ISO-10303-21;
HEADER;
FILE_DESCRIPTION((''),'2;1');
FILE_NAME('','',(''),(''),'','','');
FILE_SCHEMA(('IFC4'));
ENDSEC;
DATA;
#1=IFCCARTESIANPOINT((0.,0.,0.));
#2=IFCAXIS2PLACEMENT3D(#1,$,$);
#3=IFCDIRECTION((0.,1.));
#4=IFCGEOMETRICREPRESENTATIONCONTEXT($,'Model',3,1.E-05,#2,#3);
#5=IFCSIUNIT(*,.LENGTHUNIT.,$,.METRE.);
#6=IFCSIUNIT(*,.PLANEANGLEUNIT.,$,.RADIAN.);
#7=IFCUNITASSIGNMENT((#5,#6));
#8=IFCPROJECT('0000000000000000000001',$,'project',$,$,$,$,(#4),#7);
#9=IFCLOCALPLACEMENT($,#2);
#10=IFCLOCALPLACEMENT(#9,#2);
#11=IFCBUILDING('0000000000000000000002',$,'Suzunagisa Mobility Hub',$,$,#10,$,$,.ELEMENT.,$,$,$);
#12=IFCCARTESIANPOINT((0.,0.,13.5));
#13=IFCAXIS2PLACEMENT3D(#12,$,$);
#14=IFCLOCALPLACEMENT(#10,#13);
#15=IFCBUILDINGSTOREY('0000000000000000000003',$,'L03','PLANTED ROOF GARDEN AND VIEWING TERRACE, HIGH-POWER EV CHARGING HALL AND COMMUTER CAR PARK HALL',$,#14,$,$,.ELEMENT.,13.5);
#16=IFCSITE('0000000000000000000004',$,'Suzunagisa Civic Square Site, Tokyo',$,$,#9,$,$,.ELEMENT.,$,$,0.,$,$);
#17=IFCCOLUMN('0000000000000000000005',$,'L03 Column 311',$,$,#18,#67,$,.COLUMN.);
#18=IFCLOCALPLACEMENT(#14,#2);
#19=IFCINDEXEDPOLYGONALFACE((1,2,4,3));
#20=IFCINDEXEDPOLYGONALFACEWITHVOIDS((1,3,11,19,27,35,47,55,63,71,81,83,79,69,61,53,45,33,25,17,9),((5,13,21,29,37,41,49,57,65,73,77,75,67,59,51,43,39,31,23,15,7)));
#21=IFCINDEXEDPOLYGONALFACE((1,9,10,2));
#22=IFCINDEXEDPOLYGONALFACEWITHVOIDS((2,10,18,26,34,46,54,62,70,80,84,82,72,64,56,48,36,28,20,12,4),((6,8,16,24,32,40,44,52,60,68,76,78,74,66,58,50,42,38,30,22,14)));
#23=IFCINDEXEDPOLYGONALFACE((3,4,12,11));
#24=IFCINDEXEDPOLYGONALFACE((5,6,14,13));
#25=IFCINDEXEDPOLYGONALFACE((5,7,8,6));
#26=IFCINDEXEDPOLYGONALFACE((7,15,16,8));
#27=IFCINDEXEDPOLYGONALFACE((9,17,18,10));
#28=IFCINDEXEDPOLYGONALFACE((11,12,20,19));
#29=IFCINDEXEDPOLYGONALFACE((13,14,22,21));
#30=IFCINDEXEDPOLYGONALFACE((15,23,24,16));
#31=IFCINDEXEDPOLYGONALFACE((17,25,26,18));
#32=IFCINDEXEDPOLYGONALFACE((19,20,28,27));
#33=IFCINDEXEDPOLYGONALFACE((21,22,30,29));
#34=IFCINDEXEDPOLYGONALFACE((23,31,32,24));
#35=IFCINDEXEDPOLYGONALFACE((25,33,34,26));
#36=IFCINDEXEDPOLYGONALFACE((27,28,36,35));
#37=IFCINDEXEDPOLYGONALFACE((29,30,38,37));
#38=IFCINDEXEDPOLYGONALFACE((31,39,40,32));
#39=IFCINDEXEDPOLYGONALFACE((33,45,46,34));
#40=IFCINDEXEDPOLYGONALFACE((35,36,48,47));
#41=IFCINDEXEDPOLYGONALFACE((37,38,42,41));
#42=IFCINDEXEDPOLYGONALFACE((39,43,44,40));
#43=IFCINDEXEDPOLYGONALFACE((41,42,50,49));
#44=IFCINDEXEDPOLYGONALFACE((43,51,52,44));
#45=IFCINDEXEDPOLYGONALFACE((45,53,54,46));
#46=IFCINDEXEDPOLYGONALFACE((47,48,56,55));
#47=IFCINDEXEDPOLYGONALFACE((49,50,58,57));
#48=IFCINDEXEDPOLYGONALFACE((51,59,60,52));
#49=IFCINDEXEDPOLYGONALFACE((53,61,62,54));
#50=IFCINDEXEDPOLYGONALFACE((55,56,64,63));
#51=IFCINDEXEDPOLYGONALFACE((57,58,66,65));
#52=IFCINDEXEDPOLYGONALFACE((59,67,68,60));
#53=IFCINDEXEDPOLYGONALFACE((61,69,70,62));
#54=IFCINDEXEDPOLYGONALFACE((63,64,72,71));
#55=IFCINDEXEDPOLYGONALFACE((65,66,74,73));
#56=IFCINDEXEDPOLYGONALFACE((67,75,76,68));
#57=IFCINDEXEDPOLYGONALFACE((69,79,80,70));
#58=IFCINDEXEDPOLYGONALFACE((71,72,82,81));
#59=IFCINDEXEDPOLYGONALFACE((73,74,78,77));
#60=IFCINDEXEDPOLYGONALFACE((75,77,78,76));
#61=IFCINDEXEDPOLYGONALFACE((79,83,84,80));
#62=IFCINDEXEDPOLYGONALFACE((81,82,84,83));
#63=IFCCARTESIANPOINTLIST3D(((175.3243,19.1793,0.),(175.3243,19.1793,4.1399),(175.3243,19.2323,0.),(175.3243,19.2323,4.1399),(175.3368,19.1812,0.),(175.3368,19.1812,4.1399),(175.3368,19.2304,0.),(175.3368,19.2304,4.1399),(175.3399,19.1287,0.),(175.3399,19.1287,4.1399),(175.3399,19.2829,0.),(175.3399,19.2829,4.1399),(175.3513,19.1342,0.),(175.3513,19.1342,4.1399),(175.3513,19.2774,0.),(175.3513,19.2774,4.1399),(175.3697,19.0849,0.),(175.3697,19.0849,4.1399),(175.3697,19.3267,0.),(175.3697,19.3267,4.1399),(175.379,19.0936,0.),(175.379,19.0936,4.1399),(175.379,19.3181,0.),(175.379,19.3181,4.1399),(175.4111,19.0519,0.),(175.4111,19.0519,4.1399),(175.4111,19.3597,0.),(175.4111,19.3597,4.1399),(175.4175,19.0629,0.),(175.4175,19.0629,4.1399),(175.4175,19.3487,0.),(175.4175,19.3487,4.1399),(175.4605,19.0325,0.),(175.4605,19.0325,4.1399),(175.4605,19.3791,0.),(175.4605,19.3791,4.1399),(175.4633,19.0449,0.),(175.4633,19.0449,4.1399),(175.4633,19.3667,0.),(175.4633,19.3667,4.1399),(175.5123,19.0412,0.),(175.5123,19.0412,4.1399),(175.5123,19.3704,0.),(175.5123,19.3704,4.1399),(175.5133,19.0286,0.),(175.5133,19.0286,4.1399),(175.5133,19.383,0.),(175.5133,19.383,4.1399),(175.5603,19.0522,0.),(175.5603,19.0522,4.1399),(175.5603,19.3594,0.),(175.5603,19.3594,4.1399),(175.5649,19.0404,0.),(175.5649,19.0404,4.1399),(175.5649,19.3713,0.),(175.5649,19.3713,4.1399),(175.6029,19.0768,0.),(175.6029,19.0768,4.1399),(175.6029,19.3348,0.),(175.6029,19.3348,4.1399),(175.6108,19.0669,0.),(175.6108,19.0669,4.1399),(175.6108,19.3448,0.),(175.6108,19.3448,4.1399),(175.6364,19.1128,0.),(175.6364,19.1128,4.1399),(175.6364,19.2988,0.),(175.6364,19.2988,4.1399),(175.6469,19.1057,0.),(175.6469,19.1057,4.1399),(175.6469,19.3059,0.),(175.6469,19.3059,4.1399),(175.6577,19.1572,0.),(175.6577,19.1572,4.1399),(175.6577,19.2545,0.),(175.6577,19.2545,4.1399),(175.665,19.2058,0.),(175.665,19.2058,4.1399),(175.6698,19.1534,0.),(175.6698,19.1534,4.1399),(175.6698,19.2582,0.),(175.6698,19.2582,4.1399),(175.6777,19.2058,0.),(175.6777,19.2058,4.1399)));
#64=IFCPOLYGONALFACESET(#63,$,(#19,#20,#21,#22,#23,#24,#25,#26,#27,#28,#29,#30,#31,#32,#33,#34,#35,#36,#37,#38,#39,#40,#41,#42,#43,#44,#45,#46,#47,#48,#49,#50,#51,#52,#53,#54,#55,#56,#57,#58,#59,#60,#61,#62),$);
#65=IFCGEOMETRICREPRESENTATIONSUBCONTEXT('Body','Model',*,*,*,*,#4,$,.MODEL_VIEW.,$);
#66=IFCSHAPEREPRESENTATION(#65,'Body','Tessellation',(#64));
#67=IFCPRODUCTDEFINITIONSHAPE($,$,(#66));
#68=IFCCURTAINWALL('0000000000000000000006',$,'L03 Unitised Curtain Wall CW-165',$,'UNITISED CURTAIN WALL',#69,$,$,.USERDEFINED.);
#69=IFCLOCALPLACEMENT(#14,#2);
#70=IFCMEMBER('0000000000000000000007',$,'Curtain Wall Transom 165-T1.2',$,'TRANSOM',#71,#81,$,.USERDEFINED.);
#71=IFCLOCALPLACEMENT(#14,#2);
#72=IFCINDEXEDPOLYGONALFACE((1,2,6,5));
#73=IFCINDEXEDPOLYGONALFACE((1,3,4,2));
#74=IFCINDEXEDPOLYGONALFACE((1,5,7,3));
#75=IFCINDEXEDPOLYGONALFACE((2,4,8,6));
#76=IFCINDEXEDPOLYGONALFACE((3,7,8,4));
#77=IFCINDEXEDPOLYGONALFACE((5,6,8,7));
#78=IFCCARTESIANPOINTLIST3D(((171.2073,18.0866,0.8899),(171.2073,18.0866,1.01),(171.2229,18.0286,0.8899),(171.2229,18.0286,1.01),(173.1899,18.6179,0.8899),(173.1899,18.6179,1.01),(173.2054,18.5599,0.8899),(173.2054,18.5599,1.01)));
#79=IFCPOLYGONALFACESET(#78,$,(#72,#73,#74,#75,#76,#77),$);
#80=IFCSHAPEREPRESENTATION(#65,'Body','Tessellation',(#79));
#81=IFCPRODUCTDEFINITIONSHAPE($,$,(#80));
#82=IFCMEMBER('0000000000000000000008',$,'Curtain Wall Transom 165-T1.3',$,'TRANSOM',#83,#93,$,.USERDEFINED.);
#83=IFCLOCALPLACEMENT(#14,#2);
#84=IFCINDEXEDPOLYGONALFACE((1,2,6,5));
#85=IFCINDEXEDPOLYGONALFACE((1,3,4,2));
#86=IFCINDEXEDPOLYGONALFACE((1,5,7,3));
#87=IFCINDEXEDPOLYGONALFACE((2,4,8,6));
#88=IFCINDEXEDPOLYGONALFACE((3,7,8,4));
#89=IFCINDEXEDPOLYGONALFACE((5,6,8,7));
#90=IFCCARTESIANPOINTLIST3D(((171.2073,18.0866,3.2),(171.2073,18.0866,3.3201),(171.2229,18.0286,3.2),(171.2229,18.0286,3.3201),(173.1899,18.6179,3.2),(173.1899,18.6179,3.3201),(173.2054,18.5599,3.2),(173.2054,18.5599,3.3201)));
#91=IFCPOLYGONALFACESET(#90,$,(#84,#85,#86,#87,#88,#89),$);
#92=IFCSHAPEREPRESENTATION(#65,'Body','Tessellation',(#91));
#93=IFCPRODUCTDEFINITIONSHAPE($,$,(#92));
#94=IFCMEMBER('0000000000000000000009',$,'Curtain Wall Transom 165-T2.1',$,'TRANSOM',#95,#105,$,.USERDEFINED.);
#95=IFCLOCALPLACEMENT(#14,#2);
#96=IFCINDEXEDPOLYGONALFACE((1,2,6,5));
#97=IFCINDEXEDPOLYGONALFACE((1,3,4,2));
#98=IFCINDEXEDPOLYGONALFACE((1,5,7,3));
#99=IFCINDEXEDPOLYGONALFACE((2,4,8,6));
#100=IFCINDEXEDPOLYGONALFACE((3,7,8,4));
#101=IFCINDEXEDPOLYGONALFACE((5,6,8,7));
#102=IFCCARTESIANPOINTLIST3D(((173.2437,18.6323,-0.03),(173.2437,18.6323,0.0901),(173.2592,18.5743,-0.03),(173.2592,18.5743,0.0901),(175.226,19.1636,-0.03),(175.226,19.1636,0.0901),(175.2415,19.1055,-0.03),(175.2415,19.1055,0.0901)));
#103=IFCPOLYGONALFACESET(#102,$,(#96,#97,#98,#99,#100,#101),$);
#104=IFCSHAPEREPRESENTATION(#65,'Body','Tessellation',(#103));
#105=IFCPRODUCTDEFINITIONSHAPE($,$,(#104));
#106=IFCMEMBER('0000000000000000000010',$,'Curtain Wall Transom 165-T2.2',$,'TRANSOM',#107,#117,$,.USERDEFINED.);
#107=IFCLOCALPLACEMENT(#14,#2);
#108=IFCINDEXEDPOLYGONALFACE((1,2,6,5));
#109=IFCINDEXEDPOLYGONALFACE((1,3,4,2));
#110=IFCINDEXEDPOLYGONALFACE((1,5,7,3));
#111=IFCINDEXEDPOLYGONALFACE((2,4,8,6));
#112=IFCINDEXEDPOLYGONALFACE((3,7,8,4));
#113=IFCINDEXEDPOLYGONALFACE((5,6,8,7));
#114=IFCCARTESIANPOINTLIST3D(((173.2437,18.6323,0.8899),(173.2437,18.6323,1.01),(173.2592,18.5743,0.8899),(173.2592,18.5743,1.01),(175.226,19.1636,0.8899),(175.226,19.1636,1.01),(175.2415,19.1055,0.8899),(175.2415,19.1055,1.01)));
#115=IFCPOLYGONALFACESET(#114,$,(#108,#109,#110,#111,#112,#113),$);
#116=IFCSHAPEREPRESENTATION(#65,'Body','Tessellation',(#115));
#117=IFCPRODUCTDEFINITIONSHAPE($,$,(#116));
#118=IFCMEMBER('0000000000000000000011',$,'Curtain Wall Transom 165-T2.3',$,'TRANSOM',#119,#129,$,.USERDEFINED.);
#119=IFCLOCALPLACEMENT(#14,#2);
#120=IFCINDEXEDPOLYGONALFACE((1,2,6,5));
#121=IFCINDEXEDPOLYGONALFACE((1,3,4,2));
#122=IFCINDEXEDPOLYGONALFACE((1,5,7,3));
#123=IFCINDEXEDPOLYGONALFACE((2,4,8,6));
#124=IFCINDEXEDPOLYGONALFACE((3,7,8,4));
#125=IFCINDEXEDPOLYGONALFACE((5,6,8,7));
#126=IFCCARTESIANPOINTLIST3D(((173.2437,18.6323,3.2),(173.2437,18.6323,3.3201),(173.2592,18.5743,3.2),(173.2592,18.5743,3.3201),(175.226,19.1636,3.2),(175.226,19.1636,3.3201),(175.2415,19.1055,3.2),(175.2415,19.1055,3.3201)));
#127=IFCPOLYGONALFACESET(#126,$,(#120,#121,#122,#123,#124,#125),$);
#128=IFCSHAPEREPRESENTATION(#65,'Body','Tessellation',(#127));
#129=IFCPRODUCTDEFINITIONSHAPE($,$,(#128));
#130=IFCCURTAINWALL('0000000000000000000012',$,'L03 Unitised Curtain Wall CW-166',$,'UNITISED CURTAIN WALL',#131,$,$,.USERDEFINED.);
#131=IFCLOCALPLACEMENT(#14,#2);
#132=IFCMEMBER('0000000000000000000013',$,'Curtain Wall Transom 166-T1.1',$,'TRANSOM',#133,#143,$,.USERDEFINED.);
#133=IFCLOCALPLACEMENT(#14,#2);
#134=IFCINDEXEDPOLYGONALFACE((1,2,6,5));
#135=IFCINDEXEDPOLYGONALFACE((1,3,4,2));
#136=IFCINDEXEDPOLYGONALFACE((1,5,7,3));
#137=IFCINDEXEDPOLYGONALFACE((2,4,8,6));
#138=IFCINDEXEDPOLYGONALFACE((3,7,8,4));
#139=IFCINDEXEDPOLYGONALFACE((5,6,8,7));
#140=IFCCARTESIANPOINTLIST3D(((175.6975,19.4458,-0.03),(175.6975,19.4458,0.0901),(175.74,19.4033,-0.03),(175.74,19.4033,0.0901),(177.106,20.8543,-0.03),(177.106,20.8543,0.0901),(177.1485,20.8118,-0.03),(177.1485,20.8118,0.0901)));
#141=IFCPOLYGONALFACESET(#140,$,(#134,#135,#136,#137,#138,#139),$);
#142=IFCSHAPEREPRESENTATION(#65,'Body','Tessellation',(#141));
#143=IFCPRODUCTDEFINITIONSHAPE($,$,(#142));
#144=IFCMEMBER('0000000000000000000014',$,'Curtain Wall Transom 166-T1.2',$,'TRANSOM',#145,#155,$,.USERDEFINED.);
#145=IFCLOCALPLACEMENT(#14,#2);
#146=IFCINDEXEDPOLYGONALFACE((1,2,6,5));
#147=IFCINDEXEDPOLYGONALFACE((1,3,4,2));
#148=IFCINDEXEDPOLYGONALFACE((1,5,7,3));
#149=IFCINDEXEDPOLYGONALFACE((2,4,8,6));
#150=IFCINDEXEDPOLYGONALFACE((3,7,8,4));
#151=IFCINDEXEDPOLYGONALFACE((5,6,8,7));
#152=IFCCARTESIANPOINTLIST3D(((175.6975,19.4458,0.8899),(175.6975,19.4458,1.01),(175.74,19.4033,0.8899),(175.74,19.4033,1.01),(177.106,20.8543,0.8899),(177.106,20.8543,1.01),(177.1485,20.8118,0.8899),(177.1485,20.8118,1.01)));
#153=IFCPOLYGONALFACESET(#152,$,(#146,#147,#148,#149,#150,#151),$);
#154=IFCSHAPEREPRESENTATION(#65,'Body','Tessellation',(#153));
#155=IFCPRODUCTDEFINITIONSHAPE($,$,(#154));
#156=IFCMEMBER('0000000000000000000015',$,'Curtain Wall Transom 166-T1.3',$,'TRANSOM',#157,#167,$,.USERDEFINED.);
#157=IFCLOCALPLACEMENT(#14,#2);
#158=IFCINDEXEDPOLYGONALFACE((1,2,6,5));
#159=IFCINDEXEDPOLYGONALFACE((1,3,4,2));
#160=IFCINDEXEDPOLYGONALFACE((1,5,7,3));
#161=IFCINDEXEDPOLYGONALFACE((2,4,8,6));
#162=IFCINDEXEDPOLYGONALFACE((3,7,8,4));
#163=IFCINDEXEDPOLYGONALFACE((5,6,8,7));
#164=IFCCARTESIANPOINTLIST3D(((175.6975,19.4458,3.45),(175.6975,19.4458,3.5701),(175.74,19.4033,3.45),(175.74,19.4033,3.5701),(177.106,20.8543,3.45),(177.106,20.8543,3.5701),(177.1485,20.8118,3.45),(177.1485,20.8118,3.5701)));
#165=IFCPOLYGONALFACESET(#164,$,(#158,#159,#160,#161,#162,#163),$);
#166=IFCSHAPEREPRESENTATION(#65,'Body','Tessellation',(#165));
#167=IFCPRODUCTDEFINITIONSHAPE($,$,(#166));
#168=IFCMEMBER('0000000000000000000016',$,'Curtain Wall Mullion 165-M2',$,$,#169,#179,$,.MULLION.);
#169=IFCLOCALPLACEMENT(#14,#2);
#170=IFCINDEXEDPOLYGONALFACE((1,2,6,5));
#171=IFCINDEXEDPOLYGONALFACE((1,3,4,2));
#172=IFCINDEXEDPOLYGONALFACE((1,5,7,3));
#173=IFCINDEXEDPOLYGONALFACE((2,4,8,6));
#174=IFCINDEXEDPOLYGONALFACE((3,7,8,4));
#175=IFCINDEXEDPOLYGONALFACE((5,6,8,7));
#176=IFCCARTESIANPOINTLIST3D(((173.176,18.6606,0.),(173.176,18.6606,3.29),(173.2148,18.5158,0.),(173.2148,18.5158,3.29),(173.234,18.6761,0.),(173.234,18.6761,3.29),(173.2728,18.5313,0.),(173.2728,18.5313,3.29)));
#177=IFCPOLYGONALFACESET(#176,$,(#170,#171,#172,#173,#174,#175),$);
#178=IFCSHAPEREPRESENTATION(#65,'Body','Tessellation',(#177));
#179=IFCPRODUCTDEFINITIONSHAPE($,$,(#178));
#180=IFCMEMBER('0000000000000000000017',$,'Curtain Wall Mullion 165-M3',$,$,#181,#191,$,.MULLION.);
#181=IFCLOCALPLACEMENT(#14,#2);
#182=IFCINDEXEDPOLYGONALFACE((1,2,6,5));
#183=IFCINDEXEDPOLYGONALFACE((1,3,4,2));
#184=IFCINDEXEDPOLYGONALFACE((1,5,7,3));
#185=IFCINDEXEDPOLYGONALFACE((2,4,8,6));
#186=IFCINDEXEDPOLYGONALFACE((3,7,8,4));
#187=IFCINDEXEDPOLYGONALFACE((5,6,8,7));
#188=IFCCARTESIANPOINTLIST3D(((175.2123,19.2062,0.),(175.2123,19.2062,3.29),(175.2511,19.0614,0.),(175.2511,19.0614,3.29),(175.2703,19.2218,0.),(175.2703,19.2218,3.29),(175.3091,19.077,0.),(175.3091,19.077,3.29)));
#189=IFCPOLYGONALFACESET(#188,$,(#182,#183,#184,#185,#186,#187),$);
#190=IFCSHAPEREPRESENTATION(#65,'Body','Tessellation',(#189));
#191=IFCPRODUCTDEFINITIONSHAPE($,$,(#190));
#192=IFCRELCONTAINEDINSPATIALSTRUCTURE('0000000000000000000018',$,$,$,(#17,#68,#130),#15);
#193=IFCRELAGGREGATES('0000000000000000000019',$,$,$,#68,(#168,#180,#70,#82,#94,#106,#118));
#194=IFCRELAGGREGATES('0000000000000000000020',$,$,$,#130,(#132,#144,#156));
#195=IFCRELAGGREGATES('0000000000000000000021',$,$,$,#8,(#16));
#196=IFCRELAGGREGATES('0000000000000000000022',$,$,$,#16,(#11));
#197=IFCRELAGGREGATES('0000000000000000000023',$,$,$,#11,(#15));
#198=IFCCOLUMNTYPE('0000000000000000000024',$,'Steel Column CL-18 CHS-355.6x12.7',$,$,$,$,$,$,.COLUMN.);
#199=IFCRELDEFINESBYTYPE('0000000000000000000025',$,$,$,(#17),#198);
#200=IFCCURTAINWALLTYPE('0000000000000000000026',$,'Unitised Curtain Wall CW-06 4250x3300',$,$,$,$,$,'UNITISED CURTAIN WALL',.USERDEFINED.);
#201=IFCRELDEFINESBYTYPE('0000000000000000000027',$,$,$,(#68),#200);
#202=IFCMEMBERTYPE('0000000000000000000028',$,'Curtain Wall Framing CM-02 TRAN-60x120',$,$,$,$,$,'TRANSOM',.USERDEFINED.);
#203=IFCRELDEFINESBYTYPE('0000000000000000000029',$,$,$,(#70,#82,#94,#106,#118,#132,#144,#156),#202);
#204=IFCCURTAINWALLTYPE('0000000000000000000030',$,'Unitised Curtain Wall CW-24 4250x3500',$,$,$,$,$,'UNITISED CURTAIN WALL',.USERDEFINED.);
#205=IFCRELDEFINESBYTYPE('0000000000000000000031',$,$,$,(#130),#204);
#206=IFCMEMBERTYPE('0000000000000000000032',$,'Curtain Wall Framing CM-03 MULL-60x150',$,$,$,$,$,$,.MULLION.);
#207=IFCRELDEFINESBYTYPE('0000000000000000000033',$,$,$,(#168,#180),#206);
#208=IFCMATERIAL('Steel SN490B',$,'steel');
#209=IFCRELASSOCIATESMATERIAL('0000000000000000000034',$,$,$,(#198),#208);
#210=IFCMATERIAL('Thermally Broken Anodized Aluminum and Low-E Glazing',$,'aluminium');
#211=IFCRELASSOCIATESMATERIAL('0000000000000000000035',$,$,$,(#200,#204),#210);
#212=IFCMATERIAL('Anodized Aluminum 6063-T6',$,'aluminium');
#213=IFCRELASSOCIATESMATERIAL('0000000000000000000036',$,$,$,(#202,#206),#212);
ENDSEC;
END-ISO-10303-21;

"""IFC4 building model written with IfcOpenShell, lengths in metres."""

from ifc_helpers import new_model, si_unit, direction, frame, origin, origin_2d, place, context, subcontext, project, spatial, rectangle, hollow_circle, extrude, material, material_profile, profile_set, type_object, element, aggregate, save


model = new_model("IFC4")

# Units and contexts
model_context = context("Model", 3, precision=1e-05, world=origin(), true_north=direction((0.0, 1.0)))
body_context = subcontext(model_context, "Body", "Model", "MODEL_VIEW")
ifc_project = project(units=[si_unit("LENGTHUNIT", "METRE"), si_unit("PLANEANGLEUNIT", "RADIAN")], contexts=[model_context])

# Site, building, storey
site_placement = place(None, origin())
site = spatial("IfcSite", under=ifc_project, at=site_placement, Name="Suzunagisa Civic Square Site, Tokyo", CompositionType="ELEMENT", RefElevation=0.0)
building_placement = place(site_placement, origin())
building = spatial("IfcBuilding", under=site, at=building_placement, Name="Suzunagisa Mobility Hub", CompositionType="ELEMENT")
storey_placement = place(building_placement, frame((0.0, 0.0, 13.5)))
storey = spatial("IfcBuildingStorey", under=building, at=storey_placement, Name="L03", Description="PLANTED ROOF GARDEN AND VIEWING TERRACE, HIGH-POWER EV CHARGING HALL AND COMMUTER CAR PARK HALL", CompositionType="ELEMENT", Elevation=13.5)

# Column
ifc_material_1 = material(Name="Steel SN490B", Category="steel")
ifc_material_profile_1 = material_profile(ifc_material_1, hollow_circle(Radius=0.1777, WallThickness=0.0127, at=origin_2d()), Name="CHS-355.6x12.7")
ifc_profile_set_1 = profile_set([ifc_material_profile_1], Name="Steel SN490B")
column_type = type_object("IfcColumnType", Name="Steel Column CL-18 CHS-355.6x12.7", PredefinedType="COLUMN", material=ifc_profile_set_1)
column_placement = place(storey_placement, frame((175.5, 19.2058, 0.0), z_axis=(0.0, 0.0, 1.0), x_axis=(1.0, 0.0, 0.0)))
element("IfcColumn", 1, at=column_placement, inside=storey, type_object=column_type, Name="L03 Column 311", PredefinedType="COLUMN", context=body_context, shape_type="SweptSolid", body=[
    extrude(hollow_circle(Radius=0.1777, WallThickness=0.0127, at=origin_2d()), origin(), (0.0, 0.0, 1.0), 4.1399),
])

# Curtain walls, members
ifc_material_2 = material(Name="Thermally Broken Anodized Aluminum and Low-E Glazing", Category="aluminium")
curtain_wall_type_1 = type_object("IfcCurtainWallType", Name="Unitised Curtain Wall CW-06 4250x3300", ElementType="UNITISED CURTAIN WALL", PredefinedType="USERDEFINED", material=ifc_material_2)
curtain_wall_1_placement = place(storey_placement, origin())
curtain_wall_1 = element("IfcCurtainWall", 2, at=curtain_wall_1_placement, inside=storey, type_object=curtain_wall_type_1, Name="L03 Unitised Curtain Wall CW-165", ObjectType="UNITISED CURTAIN WALL", PredefinedType="USERDEFINED")
ifc_material_3 = material(Name="Anodized Aluminum 6063-T6", Category="aluminium")
ifc_material_profile_2 = material_profile(ifc_material_3, rectangle(XDim=0.0601, YDim=0.1201, at=origin_2d()), Name="TRAN-60x120")
ifc_profile_set_2 = profile_set([ifc_material_profile_2], Name="Anodized Aluminum 6063-T6")
member_type_1 = type_object("IfcMemberType", Name="Curtain Wall Framing CM-02 TRAN-60x120", ElementType="TRANSOM", PredefinedType="USERDEFINED", material=ifc_profile_set_2)
member_1_placement = place(storey_placement, frame((171.2151, 18.0576, 0.95), z_axis=(0.965918, 0.258847, 0.0), x_axis=(-0.258847, 0.965918, 0.0)))
member_1 = element("IfcMember", 3, at=member_1_placement, type_object=member_type_1, Name="Curtain Wall Transom 165-T1.2", ObjectType="TRANSOM", PredefinedType="USERDEFINED", context=body_context, shape_type="SweptSolid", body=[
    extrude(rectangle(XDim=0.0601, YDim=0.1201, at=origin_2d()), origin(), (0.0, 0.0, 1.0), 2.0525),
])
member_2_placement = place(storey_placement, frame((171.2151, 18.0576, 3.26), z_axis=(0.965918, 0.258847, 0.0), x_axis=(-0.258847, 0.965918, 0.0)))
member_2 = element("IfcMember", 4, at=member_2_placement, type_object=member_type_1, Name="Curtain Wall Transom 165-T1.3", ObjectType="TRANSOM", PredefinedType="USERDEFINED", context=body_context, shape_type="SweptSolid", body=[
    extrude(rectangle(XDim=0.0601, YDim=0.1201, at=origin_2d()), origin(), (0.0, 0.0, 1.0), 2.0525),
])
member_3_placement = place(storey_placement, frame((173.2515, 18.6033, 0.03), z_axis=(0.96591, 0.258877, 0.0), x_axis=(-0.258877, 0.96591, 0.0)))
member_3 = element("IfcMember", 5, at=member_3_placement, type_object=member_type_1, Name="Curtain Wall Transom 165-T2.1", ObjectType="TRANSOM", PredefinedType="USERDEFINED", context=body_context, shape_type="SweptSolid", body=[
    extrude(rectangle(XDim=0.0601, YDim=0.1201, at=origin_2d()), origin(), (0.0, 0.0, 1.0), 2.0522),
])
member_4_placement = place(storey_placement, frame((173.2515, 18.6033, 0.95), z_axis=(0.96591, 0.258877, 0.0), x_axis=(-0.258877, 0.96591, 0.0)))
member_4 = element("IfcMember", 6, at=member_4_placement, type_object=member_type_1, Name="Curtain Wall Transom 165-T2.2", ObjectType="TRANSOM", PredefinedType="USERDEFINED", context=body_context, shape_type="SweptSolid", body=[
    extrude(rectangle(XDim=0.0601, YDim=0.1201, at=origin_2d()), origin(), (0.0, 0.0, 1.0), 2.0522),
])
member_5_placement = place(storey_placement, frame((173.2515, 18.6033, 3.26), z_axis=(0.96591, 0.258877, 0.0), x_axis=(-0.258877, 0.96591, 0.0)))
member_5 = element("IfcMember", 7, at=member_5_placement, type_object=member_type_1, Name="Curtain Wall Transom 165-T2.3", ObjectType="TRANSOM", PredefinedType="USERDEFINED", context=body_context, shape_type="SweptSolid", body=[
    extrude(rectangle(XDim=0.0601, YDim=0.1201, at=origin_2d()), origin(), (0.0, 0.0, 1.0), 2.0522),
])
curtain_wall_type_2 = type_object("IfcCurtainWallType", Name="Unitised Curtain Wall CW-24 4250x3500", ElementType="UNITISED CURTAIN WALL", PredefinedType="USERDEFINED", material=ifc_material_2)
curtain_wall_2_placement = place(storey_placement, origin())
curtain_wall_2 = element("IfcCurtainWall", 8, at=curtain_wall_2_placement, inside=storey, type_object=curtain_wall_type_2, Name="L03 Unitised Curtain Wall CW-166", ObjectType="UNITISED CURTAIN WALL", PredefinedType="USERDEFINED")
member_6_placement = place(storey_placement, frame((175.7188, 19.4246, 0.03), z_axis=(0.707107, 0.707107, 0.0), x_axis=(-0.707107, 0.707107, 0.0)))
member_6 = element("IfcMember", 9, at=member_6_placement, type_object=member_type_1, Name="Curtain Wall Transom 166-T1.1", ObjectType="TRANSOM", PredefinedType="USERDEFINED", context=body_context, shape_type="SweptSolid", body=[
    extrude(rectangle(XDim=0.0601, YDim=0.1201, at=origin_2d()), origin(), (0.0, 0.0, 1.0), 1.9919),
])
member_7_placement = place(storey_placement, frame((175.7188, 19.4246, 0.95), z_axis=(0.707107, 0.707107, 0.0), x_axis=(-0.707107, 0.707107, 0.0)))
member_7 = element("IfcMember", 10, at=member_7_placement, type_object=member_type_1, Name="Curtain Wall Transom 166-T1.2", ObjectType="TRANSOM", PredefinedType="USERDEFINED", context=body_context, shape_type="SweptSolid", body=[
    extrude(rectangle(XDim=0.0601, YDim=0.1201, at=origin_2d()), origin(), (0.0, 0.0, 1.0), 1.9919),
])
member_8_placement = place(storey_placement, frame((175.7188, 19.4246, 3.51), z_axis=(0.707107, 0.707107, 0.0), x_axis=(-0.707107, 0.707107, 0.0)))
member_8 = element("IfcMember", 11, at=member_8_placement, type_object=member_type_1, Name="Curtain Wall Transom 166-T1.3", ObjectType="TRANSOM", PredefinedType="USERDEFINED", context=body_context, shape_type="SweptSolid", body=[
    extrude(rectangle(XDim=0.0601, YDim=0.1201, at=origin_2d()), origin(), (0.0, 0.0, 1.0), 1.9919),
])

# Members
ifc_material_profile_3 = material_profile(ifc_material_3, rectangle(XDim=0.0601, YDim=0.1499, at=origin_2d()), Name="MULL-60x150")
ifc_profile_set_3 = profile_set([ifc_material_profile_3], Name="Anodized Aluminum 6063-T6")
member_type_2 = type_object("IfcMemberType", Name="Curtain Wall Framing CM-03 MULL-60x150", PredefinedType="MULLION", material=ifc_profile_set_3)
member_9_placement = place(storey_placement, frame((173.2244, 18.5959, 0.0), z_axis=(0.0, 0.0, 1.0), x_axis=(0.965925, 0.258821, 0.0)))
member_9 = element("IfcMember", 12, at=member_9_placement, type_object=member_type_2, Name="Curtain Wall Mullion 165-M2", PredefinedType="MULLION", context=body_context, shape_type="SweptSolid", body=[
    extrude(rectangle(XDim=0.0601, YDim=0.1499, at=origin_2d()), origin(), (0.0, 0.0, 1.0), 3.29),
])
member_10_placement = place(storey_placement, frame((175.2607, 19.1416, 0.0), z_axis=(0.0, 0.0, 1.0), x_axis=(0.965925, 0.258821, 0.0)))
member_10 = element("IfcMember", 13, at=member_10_placement, type_object=member_type_2, Name="Curtain Wall Mullion 165-M3", PredefinedType="MULLION", context=body_context, shape_type="SweptSolid", body=[
    extrude(rectangle(XDim=0.0601, YDim=0.1499, at=origin_2d()), origin(), (0.0, 0.0, 1.0), 3.29),
])

aggregate(curtain_wall_1, [member_9, member_10, member_1, member_2, member_3, member_4, member_5])
aggregate(curtain_wall_2, [member_6, member_7, member_8])

save(model, "model.ifc")
